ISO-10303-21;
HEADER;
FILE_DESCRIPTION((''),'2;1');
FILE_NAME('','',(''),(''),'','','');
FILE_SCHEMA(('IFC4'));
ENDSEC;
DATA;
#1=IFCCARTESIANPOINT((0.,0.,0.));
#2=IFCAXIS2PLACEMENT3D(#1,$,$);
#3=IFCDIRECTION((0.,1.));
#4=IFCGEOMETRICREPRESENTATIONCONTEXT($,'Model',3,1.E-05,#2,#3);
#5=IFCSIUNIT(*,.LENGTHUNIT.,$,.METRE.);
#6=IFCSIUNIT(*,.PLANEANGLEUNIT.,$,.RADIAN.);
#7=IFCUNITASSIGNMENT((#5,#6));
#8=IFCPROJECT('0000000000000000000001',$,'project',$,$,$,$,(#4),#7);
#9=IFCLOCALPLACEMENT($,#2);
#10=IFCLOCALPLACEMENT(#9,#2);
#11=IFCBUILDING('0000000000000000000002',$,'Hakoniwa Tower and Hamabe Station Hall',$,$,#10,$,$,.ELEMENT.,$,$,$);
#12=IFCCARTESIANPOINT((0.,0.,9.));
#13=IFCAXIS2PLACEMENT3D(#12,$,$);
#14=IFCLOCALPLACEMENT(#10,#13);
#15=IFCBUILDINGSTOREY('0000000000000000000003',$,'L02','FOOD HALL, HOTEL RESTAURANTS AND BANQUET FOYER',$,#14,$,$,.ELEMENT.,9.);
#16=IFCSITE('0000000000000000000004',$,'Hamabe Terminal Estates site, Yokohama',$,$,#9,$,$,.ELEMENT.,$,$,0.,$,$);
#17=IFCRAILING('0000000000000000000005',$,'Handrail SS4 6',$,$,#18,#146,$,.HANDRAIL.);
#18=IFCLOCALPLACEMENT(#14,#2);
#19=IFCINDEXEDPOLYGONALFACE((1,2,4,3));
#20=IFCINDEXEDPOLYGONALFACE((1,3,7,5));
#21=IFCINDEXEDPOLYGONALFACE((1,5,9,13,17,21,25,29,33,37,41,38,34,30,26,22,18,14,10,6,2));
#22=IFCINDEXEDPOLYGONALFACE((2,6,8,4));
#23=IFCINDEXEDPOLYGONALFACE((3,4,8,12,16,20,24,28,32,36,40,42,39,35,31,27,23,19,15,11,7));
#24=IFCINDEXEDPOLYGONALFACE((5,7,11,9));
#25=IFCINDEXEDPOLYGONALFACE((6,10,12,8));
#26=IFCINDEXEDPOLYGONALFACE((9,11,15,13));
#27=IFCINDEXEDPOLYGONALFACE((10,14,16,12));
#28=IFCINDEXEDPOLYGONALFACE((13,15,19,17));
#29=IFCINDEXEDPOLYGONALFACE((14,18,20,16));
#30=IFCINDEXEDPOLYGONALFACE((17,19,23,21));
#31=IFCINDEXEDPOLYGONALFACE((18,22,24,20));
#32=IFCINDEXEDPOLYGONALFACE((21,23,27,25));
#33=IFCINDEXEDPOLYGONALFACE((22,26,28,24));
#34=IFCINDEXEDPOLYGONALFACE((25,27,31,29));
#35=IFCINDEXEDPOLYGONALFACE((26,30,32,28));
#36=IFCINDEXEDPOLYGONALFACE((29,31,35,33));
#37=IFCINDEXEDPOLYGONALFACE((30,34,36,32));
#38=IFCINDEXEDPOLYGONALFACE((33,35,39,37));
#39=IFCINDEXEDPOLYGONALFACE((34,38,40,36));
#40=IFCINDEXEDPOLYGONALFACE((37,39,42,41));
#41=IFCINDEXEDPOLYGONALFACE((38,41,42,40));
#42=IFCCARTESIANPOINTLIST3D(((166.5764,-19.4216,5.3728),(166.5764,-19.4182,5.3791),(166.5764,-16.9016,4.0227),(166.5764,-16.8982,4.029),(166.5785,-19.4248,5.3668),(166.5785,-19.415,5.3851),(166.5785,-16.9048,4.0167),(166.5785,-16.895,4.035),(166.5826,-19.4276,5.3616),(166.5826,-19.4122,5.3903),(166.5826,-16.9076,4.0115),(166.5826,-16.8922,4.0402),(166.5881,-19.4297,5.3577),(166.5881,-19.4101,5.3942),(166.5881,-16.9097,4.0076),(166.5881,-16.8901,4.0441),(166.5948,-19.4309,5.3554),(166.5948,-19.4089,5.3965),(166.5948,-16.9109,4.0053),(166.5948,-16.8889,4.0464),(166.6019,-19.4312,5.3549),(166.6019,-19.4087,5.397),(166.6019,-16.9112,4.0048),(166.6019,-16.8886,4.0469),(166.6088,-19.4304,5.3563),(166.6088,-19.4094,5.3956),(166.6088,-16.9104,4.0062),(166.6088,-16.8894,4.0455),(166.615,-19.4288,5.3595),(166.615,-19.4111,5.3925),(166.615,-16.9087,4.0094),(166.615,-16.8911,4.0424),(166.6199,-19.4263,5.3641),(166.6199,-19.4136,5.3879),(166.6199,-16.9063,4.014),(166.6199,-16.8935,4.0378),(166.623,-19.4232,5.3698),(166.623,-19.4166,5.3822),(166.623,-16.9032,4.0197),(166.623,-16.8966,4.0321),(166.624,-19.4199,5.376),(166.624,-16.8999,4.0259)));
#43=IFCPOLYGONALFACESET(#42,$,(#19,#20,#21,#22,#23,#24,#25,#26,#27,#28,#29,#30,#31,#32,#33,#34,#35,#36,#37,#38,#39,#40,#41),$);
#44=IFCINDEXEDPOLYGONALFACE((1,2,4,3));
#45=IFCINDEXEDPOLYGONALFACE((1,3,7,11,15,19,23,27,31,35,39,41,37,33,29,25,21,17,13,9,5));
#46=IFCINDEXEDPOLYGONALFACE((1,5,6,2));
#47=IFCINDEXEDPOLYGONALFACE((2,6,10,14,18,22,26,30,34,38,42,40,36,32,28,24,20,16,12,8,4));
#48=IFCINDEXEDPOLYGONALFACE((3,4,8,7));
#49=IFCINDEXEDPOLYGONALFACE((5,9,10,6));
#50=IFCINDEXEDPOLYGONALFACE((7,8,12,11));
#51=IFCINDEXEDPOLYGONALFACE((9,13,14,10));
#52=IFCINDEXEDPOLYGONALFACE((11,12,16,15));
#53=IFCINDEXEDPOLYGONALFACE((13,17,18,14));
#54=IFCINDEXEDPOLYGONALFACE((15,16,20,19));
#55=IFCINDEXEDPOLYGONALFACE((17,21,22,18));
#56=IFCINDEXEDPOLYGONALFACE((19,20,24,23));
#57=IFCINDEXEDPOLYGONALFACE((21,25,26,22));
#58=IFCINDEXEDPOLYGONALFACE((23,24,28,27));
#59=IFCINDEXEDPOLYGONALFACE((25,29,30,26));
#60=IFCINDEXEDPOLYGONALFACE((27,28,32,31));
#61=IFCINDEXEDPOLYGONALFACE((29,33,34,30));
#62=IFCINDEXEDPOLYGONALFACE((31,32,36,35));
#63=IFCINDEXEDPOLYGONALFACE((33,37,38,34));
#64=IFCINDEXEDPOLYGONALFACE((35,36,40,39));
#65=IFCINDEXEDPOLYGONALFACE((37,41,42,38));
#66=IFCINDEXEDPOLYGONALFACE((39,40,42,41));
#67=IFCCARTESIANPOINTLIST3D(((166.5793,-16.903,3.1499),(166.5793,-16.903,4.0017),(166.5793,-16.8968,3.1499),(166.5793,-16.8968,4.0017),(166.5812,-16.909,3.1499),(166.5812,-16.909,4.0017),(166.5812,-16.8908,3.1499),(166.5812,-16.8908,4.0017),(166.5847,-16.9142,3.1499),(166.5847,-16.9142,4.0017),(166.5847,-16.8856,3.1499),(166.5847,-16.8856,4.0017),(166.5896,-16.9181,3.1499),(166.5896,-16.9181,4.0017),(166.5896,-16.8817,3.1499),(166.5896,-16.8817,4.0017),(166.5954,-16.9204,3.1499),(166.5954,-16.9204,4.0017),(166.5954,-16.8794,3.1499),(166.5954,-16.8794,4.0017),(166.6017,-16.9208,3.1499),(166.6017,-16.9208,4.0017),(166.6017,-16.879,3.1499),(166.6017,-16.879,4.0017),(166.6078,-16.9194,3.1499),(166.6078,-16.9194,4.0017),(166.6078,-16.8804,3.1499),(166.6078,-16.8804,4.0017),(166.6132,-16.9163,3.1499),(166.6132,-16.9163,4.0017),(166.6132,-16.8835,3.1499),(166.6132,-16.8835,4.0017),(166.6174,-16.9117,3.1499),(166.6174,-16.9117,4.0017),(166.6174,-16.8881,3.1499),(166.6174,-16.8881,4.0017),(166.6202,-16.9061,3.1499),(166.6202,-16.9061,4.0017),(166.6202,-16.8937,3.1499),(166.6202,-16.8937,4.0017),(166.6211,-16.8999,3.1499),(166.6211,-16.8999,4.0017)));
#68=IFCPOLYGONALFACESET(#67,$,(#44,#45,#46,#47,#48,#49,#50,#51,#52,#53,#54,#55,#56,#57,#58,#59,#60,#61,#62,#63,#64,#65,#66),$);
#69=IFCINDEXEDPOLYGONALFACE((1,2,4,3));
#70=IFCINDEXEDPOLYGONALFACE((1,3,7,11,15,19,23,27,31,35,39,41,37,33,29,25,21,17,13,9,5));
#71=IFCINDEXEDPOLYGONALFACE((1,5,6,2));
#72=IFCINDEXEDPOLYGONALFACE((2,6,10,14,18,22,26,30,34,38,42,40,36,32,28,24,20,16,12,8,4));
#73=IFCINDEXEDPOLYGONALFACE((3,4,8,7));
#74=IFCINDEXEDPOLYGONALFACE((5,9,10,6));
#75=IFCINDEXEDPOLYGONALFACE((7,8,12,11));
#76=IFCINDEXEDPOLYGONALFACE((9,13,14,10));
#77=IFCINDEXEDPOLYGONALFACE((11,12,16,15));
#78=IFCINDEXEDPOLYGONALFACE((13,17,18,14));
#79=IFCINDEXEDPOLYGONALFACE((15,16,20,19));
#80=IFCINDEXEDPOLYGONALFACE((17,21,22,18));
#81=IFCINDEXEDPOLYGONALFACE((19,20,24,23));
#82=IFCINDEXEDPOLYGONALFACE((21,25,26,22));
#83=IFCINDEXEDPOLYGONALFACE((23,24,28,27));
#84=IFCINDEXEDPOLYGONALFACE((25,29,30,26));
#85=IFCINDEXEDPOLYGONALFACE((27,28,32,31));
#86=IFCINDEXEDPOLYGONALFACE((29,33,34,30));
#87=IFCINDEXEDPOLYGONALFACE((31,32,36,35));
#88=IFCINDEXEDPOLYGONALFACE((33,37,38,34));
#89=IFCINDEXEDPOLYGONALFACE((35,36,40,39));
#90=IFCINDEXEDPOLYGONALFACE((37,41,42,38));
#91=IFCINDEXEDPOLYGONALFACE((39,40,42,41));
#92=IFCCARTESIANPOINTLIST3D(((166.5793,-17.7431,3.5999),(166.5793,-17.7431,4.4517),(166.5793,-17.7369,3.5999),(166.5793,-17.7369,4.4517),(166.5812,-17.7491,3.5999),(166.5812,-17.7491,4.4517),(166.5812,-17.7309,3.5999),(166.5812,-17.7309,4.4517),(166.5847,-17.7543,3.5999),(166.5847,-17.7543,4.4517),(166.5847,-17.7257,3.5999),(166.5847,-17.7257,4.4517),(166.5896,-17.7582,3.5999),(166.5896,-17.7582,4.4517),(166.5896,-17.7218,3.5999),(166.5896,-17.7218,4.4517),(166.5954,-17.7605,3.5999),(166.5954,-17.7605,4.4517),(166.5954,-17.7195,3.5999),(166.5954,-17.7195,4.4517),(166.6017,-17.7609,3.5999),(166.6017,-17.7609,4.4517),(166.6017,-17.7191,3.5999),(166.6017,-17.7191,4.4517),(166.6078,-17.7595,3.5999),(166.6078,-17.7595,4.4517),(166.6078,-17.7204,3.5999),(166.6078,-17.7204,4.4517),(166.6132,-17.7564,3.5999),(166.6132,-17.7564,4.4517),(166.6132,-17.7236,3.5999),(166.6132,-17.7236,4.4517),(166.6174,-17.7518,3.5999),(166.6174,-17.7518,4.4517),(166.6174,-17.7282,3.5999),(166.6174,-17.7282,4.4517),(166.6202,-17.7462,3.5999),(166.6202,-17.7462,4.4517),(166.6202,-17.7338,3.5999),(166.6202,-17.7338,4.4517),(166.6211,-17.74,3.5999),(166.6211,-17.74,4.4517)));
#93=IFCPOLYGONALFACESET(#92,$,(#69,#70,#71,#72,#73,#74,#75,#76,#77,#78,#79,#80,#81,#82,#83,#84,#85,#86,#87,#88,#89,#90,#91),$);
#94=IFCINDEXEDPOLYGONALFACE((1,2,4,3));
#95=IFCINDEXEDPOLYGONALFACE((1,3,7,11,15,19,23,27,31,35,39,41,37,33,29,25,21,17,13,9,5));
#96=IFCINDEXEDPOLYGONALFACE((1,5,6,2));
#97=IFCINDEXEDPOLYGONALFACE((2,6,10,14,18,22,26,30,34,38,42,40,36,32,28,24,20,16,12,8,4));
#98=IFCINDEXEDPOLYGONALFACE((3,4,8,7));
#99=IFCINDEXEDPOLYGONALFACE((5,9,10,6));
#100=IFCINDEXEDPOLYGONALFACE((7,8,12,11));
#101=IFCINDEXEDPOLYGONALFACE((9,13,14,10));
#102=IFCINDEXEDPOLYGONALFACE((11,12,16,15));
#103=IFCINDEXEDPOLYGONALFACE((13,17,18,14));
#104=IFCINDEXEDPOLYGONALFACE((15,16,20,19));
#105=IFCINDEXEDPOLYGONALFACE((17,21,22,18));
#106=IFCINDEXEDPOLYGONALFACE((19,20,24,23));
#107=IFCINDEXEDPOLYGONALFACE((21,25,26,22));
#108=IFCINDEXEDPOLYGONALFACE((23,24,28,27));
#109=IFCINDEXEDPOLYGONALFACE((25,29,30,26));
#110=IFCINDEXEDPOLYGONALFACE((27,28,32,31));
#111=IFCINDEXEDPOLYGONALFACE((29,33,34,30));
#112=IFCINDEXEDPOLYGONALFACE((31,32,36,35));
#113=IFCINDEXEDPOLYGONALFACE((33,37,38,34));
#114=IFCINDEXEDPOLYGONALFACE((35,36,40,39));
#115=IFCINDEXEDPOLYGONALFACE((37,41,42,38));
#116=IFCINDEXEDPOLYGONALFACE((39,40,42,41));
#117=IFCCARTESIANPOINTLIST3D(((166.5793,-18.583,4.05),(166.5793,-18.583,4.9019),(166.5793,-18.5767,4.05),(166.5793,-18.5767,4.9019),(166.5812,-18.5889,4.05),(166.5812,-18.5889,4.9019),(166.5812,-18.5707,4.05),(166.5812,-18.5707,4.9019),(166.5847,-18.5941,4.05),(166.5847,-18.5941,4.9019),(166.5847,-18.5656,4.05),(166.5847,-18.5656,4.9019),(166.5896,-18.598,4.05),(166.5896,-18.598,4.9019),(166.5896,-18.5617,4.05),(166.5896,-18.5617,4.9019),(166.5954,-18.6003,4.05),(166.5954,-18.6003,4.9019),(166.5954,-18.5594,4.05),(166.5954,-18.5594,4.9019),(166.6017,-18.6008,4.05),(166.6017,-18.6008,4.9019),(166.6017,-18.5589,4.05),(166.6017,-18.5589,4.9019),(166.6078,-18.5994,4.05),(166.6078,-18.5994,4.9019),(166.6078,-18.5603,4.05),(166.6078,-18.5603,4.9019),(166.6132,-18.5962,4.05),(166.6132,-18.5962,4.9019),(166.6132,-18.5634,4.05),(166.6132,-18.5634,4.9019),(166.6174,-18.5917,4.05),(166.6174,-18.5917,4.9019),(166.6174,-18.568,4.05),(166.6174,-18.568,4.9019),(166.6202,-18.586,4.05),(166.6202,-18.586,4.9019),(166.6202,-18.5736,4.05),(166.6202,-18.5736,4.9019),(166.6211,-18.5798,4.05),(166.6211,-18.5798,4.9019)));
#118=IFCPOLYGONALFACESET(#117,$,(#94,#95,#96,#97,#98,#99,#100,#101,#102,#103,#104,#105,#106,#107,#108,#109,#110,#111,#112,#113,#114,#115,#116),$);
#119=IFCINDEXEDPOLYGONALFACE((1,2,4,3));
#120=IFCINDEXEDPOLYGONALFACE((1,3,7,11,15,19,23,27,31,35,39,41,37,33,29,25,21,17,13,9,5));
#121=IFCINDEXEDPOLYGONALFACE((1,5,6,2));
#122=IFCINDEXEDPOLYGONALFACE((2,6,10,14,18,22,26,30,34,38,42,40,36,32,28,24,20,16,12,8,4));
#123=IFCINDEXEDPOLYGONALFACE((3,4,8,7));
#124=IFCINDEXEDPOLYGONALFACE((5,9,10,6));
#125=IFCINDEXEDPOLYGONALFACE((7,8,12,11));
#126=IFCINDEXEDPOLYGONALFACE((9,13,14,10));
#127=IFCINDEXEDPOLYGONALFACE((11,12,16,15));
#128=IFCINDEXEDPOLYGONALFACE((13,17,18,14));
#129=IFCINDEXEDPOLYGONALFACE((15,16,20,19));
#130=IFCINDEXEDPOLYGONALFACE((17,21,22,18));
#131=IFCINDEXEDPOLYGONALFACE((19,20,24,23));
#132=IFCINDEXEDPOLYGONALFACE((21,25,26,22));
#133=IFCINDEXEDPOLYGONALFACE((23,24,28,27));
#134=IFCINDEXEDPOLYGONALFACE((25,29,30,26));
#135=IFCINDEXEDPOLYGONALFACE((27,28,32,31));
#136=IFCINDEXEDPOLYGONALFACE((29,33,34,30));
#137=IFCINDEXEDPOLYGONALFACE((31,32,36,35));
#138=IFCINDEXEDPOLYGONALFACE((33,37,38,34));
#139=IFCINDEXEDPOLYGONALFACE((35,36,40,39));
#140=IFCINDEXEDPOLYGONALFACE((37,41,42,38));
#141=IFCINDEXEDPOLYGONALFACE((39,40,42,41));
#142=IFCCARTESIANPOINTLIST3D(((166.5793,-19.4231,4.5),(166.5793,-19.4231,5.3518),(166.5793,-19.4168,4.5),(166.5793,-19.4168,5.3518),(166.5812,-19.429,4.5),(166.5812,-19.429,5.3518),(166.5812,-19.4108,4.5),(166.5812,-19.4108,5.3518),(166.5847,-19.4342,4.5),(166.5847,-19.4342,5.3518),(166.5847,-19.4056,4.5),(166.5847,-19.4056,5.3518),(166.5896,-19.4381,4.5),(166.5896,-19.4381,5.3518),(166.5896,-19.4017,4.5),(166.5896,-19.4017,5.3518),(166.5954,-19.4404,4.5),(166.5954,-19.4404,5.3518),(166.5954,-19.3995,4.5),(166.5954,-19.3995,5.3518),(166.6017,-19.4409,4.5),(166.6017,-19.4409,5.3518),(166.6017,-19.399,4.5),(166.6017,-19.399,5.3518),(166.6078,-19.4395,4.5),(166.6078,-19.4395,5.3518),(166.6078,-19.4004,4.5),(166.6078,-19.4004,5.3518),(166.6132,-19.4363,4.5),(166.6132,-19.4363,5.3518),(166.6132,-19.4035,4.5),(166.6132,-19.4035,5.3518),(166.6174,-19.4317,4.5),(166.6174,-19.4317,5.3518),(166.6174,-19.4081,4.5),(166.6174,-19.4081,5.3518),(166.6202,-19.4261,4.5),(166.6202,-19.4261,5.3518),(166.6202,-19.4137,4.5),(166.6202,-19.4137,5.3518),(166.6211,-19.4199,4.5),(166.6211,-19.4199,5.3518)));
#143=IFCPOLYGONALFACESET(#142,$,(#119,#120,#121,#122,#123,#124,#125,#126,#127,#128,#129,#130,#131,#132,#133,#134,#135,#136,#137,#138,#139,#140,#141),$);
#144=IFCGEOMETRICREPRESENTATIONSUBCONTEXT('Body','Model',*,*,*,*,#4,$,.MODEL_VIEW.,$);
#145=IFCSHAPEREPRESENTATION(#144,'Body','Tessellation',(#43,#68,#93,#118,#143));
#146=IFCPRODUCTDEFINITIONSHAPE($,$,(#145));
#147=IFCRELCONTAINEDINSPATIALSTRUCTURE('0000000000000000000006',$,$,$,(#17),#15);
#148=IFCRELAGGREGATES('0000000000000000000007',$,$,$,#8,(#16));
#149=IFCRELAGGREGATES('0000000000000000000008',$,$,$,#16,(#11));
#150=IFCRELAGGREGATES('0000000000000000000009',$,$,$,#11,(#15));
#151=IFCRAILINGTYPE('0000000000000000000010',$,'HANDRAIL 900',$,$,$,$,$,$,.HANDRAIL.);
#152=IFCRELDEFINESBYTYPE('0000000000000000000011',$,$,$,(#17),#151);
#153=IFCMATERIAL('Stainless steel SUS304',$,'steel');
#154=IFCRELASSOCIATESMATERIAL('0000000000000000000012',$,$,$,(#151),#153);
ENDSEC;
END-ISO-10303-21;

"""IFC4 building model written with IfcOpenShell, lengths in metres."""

from ifc_helpers import new_model, si_unit, direction, frame, origin, origin_2d, place, context, subcontext, project, spatial, circle, extrude, material, type_object, element, save


model = new_model("IFC4")

# Units and contexts
model_context = context("Model", 3, precision=1e-05, world=origin(), true_north=direction((0.0, 1.0)))
body_context = subcontext(model_context, "Body", "Model", "MODEL_VIEW")
ifc_project = project(units=[si_unit("LENGTHUNIT", "METRE"), si_unit("PLANEANGLEUNIT", "RADIAN")], contexts=[model_context])

# Site, building, storey
site_placement = place(None, origin())
site = spatial("IfcSite", under=ifc_project, at=site_placement, Name="Hamabe Terminal Estates site, Yokohama", CompositionType="ELEMENT", RefElevation=0.0)
building_placement = place(site_placement, origin())
building = spatial("IfcBuilding", under=site, at=building_placement, Name="Hakoniwa Tower and Hamabe Station Hall", CompositionType="ELEMENT")
storey_placement = place(building_placement, frame((0.0, 0.0, 9.0)))
storey = spatial("IfcBuildingStorey", under=building, at=storey_placement, Name="L02", Description="FOOD HALL, HOTEL RESTAURANTS AND BANQUET FOYER", CompositionType="ELEMENT", Elevation=9.0)

# Railing
ifc_material_1 = material(Name="Stainless steel SUS304", Category="steel")
railing_type = type_object("IfcRailingType", Name="HANDRAIL 900", PredefinedType="HANDRAIL", material=ifc_material_1)
for number, where, name in (
    (1, (166.6001, -16.8999, 3.1499), "Handrail SS4 6"),
):
    element("IfcRailing", number, at=place(storey_placement, frame(where)), inside=storey, type_object=railing_type, Name=name, PredefinedType="HANDRAIL", context=body_context, shape_type="SweptSolid", body=[
        extrude(circle(Radius=0.0239, at=origin_2d()), frame((0.0, 0.0, 0.876), z_axis=(0.0, -0.881467, 0.472245), x_axis=(1.0, 0.0, 0.0)), (0.0, 0.0, 1.0), 2.8589),
        extrude(circle(Radius=0.021, at=origin_2d()), origin(), (0.0, 0.0, 1.0), 0.8518),
        extrude(circle(Radius=0.021, at=origin_2d()), frame((0.0, -0.8401, 0.45)), (0.0, 0.0, 1.0), 0.8518),
        extrude(circle(Radius=0.021, at=origin_2d()), frame((0.0, -1.6799, 0.9001)), (0.0, 0.0, 1.0), 0.8518),
        extrude(circle(Radius=0.021, at=origin_2d()), frame((0.0, -2.52, 1.3501)), (0.0, 0.0, 1.0), 0.8518),
    ])

save(model, "model.ifc")
